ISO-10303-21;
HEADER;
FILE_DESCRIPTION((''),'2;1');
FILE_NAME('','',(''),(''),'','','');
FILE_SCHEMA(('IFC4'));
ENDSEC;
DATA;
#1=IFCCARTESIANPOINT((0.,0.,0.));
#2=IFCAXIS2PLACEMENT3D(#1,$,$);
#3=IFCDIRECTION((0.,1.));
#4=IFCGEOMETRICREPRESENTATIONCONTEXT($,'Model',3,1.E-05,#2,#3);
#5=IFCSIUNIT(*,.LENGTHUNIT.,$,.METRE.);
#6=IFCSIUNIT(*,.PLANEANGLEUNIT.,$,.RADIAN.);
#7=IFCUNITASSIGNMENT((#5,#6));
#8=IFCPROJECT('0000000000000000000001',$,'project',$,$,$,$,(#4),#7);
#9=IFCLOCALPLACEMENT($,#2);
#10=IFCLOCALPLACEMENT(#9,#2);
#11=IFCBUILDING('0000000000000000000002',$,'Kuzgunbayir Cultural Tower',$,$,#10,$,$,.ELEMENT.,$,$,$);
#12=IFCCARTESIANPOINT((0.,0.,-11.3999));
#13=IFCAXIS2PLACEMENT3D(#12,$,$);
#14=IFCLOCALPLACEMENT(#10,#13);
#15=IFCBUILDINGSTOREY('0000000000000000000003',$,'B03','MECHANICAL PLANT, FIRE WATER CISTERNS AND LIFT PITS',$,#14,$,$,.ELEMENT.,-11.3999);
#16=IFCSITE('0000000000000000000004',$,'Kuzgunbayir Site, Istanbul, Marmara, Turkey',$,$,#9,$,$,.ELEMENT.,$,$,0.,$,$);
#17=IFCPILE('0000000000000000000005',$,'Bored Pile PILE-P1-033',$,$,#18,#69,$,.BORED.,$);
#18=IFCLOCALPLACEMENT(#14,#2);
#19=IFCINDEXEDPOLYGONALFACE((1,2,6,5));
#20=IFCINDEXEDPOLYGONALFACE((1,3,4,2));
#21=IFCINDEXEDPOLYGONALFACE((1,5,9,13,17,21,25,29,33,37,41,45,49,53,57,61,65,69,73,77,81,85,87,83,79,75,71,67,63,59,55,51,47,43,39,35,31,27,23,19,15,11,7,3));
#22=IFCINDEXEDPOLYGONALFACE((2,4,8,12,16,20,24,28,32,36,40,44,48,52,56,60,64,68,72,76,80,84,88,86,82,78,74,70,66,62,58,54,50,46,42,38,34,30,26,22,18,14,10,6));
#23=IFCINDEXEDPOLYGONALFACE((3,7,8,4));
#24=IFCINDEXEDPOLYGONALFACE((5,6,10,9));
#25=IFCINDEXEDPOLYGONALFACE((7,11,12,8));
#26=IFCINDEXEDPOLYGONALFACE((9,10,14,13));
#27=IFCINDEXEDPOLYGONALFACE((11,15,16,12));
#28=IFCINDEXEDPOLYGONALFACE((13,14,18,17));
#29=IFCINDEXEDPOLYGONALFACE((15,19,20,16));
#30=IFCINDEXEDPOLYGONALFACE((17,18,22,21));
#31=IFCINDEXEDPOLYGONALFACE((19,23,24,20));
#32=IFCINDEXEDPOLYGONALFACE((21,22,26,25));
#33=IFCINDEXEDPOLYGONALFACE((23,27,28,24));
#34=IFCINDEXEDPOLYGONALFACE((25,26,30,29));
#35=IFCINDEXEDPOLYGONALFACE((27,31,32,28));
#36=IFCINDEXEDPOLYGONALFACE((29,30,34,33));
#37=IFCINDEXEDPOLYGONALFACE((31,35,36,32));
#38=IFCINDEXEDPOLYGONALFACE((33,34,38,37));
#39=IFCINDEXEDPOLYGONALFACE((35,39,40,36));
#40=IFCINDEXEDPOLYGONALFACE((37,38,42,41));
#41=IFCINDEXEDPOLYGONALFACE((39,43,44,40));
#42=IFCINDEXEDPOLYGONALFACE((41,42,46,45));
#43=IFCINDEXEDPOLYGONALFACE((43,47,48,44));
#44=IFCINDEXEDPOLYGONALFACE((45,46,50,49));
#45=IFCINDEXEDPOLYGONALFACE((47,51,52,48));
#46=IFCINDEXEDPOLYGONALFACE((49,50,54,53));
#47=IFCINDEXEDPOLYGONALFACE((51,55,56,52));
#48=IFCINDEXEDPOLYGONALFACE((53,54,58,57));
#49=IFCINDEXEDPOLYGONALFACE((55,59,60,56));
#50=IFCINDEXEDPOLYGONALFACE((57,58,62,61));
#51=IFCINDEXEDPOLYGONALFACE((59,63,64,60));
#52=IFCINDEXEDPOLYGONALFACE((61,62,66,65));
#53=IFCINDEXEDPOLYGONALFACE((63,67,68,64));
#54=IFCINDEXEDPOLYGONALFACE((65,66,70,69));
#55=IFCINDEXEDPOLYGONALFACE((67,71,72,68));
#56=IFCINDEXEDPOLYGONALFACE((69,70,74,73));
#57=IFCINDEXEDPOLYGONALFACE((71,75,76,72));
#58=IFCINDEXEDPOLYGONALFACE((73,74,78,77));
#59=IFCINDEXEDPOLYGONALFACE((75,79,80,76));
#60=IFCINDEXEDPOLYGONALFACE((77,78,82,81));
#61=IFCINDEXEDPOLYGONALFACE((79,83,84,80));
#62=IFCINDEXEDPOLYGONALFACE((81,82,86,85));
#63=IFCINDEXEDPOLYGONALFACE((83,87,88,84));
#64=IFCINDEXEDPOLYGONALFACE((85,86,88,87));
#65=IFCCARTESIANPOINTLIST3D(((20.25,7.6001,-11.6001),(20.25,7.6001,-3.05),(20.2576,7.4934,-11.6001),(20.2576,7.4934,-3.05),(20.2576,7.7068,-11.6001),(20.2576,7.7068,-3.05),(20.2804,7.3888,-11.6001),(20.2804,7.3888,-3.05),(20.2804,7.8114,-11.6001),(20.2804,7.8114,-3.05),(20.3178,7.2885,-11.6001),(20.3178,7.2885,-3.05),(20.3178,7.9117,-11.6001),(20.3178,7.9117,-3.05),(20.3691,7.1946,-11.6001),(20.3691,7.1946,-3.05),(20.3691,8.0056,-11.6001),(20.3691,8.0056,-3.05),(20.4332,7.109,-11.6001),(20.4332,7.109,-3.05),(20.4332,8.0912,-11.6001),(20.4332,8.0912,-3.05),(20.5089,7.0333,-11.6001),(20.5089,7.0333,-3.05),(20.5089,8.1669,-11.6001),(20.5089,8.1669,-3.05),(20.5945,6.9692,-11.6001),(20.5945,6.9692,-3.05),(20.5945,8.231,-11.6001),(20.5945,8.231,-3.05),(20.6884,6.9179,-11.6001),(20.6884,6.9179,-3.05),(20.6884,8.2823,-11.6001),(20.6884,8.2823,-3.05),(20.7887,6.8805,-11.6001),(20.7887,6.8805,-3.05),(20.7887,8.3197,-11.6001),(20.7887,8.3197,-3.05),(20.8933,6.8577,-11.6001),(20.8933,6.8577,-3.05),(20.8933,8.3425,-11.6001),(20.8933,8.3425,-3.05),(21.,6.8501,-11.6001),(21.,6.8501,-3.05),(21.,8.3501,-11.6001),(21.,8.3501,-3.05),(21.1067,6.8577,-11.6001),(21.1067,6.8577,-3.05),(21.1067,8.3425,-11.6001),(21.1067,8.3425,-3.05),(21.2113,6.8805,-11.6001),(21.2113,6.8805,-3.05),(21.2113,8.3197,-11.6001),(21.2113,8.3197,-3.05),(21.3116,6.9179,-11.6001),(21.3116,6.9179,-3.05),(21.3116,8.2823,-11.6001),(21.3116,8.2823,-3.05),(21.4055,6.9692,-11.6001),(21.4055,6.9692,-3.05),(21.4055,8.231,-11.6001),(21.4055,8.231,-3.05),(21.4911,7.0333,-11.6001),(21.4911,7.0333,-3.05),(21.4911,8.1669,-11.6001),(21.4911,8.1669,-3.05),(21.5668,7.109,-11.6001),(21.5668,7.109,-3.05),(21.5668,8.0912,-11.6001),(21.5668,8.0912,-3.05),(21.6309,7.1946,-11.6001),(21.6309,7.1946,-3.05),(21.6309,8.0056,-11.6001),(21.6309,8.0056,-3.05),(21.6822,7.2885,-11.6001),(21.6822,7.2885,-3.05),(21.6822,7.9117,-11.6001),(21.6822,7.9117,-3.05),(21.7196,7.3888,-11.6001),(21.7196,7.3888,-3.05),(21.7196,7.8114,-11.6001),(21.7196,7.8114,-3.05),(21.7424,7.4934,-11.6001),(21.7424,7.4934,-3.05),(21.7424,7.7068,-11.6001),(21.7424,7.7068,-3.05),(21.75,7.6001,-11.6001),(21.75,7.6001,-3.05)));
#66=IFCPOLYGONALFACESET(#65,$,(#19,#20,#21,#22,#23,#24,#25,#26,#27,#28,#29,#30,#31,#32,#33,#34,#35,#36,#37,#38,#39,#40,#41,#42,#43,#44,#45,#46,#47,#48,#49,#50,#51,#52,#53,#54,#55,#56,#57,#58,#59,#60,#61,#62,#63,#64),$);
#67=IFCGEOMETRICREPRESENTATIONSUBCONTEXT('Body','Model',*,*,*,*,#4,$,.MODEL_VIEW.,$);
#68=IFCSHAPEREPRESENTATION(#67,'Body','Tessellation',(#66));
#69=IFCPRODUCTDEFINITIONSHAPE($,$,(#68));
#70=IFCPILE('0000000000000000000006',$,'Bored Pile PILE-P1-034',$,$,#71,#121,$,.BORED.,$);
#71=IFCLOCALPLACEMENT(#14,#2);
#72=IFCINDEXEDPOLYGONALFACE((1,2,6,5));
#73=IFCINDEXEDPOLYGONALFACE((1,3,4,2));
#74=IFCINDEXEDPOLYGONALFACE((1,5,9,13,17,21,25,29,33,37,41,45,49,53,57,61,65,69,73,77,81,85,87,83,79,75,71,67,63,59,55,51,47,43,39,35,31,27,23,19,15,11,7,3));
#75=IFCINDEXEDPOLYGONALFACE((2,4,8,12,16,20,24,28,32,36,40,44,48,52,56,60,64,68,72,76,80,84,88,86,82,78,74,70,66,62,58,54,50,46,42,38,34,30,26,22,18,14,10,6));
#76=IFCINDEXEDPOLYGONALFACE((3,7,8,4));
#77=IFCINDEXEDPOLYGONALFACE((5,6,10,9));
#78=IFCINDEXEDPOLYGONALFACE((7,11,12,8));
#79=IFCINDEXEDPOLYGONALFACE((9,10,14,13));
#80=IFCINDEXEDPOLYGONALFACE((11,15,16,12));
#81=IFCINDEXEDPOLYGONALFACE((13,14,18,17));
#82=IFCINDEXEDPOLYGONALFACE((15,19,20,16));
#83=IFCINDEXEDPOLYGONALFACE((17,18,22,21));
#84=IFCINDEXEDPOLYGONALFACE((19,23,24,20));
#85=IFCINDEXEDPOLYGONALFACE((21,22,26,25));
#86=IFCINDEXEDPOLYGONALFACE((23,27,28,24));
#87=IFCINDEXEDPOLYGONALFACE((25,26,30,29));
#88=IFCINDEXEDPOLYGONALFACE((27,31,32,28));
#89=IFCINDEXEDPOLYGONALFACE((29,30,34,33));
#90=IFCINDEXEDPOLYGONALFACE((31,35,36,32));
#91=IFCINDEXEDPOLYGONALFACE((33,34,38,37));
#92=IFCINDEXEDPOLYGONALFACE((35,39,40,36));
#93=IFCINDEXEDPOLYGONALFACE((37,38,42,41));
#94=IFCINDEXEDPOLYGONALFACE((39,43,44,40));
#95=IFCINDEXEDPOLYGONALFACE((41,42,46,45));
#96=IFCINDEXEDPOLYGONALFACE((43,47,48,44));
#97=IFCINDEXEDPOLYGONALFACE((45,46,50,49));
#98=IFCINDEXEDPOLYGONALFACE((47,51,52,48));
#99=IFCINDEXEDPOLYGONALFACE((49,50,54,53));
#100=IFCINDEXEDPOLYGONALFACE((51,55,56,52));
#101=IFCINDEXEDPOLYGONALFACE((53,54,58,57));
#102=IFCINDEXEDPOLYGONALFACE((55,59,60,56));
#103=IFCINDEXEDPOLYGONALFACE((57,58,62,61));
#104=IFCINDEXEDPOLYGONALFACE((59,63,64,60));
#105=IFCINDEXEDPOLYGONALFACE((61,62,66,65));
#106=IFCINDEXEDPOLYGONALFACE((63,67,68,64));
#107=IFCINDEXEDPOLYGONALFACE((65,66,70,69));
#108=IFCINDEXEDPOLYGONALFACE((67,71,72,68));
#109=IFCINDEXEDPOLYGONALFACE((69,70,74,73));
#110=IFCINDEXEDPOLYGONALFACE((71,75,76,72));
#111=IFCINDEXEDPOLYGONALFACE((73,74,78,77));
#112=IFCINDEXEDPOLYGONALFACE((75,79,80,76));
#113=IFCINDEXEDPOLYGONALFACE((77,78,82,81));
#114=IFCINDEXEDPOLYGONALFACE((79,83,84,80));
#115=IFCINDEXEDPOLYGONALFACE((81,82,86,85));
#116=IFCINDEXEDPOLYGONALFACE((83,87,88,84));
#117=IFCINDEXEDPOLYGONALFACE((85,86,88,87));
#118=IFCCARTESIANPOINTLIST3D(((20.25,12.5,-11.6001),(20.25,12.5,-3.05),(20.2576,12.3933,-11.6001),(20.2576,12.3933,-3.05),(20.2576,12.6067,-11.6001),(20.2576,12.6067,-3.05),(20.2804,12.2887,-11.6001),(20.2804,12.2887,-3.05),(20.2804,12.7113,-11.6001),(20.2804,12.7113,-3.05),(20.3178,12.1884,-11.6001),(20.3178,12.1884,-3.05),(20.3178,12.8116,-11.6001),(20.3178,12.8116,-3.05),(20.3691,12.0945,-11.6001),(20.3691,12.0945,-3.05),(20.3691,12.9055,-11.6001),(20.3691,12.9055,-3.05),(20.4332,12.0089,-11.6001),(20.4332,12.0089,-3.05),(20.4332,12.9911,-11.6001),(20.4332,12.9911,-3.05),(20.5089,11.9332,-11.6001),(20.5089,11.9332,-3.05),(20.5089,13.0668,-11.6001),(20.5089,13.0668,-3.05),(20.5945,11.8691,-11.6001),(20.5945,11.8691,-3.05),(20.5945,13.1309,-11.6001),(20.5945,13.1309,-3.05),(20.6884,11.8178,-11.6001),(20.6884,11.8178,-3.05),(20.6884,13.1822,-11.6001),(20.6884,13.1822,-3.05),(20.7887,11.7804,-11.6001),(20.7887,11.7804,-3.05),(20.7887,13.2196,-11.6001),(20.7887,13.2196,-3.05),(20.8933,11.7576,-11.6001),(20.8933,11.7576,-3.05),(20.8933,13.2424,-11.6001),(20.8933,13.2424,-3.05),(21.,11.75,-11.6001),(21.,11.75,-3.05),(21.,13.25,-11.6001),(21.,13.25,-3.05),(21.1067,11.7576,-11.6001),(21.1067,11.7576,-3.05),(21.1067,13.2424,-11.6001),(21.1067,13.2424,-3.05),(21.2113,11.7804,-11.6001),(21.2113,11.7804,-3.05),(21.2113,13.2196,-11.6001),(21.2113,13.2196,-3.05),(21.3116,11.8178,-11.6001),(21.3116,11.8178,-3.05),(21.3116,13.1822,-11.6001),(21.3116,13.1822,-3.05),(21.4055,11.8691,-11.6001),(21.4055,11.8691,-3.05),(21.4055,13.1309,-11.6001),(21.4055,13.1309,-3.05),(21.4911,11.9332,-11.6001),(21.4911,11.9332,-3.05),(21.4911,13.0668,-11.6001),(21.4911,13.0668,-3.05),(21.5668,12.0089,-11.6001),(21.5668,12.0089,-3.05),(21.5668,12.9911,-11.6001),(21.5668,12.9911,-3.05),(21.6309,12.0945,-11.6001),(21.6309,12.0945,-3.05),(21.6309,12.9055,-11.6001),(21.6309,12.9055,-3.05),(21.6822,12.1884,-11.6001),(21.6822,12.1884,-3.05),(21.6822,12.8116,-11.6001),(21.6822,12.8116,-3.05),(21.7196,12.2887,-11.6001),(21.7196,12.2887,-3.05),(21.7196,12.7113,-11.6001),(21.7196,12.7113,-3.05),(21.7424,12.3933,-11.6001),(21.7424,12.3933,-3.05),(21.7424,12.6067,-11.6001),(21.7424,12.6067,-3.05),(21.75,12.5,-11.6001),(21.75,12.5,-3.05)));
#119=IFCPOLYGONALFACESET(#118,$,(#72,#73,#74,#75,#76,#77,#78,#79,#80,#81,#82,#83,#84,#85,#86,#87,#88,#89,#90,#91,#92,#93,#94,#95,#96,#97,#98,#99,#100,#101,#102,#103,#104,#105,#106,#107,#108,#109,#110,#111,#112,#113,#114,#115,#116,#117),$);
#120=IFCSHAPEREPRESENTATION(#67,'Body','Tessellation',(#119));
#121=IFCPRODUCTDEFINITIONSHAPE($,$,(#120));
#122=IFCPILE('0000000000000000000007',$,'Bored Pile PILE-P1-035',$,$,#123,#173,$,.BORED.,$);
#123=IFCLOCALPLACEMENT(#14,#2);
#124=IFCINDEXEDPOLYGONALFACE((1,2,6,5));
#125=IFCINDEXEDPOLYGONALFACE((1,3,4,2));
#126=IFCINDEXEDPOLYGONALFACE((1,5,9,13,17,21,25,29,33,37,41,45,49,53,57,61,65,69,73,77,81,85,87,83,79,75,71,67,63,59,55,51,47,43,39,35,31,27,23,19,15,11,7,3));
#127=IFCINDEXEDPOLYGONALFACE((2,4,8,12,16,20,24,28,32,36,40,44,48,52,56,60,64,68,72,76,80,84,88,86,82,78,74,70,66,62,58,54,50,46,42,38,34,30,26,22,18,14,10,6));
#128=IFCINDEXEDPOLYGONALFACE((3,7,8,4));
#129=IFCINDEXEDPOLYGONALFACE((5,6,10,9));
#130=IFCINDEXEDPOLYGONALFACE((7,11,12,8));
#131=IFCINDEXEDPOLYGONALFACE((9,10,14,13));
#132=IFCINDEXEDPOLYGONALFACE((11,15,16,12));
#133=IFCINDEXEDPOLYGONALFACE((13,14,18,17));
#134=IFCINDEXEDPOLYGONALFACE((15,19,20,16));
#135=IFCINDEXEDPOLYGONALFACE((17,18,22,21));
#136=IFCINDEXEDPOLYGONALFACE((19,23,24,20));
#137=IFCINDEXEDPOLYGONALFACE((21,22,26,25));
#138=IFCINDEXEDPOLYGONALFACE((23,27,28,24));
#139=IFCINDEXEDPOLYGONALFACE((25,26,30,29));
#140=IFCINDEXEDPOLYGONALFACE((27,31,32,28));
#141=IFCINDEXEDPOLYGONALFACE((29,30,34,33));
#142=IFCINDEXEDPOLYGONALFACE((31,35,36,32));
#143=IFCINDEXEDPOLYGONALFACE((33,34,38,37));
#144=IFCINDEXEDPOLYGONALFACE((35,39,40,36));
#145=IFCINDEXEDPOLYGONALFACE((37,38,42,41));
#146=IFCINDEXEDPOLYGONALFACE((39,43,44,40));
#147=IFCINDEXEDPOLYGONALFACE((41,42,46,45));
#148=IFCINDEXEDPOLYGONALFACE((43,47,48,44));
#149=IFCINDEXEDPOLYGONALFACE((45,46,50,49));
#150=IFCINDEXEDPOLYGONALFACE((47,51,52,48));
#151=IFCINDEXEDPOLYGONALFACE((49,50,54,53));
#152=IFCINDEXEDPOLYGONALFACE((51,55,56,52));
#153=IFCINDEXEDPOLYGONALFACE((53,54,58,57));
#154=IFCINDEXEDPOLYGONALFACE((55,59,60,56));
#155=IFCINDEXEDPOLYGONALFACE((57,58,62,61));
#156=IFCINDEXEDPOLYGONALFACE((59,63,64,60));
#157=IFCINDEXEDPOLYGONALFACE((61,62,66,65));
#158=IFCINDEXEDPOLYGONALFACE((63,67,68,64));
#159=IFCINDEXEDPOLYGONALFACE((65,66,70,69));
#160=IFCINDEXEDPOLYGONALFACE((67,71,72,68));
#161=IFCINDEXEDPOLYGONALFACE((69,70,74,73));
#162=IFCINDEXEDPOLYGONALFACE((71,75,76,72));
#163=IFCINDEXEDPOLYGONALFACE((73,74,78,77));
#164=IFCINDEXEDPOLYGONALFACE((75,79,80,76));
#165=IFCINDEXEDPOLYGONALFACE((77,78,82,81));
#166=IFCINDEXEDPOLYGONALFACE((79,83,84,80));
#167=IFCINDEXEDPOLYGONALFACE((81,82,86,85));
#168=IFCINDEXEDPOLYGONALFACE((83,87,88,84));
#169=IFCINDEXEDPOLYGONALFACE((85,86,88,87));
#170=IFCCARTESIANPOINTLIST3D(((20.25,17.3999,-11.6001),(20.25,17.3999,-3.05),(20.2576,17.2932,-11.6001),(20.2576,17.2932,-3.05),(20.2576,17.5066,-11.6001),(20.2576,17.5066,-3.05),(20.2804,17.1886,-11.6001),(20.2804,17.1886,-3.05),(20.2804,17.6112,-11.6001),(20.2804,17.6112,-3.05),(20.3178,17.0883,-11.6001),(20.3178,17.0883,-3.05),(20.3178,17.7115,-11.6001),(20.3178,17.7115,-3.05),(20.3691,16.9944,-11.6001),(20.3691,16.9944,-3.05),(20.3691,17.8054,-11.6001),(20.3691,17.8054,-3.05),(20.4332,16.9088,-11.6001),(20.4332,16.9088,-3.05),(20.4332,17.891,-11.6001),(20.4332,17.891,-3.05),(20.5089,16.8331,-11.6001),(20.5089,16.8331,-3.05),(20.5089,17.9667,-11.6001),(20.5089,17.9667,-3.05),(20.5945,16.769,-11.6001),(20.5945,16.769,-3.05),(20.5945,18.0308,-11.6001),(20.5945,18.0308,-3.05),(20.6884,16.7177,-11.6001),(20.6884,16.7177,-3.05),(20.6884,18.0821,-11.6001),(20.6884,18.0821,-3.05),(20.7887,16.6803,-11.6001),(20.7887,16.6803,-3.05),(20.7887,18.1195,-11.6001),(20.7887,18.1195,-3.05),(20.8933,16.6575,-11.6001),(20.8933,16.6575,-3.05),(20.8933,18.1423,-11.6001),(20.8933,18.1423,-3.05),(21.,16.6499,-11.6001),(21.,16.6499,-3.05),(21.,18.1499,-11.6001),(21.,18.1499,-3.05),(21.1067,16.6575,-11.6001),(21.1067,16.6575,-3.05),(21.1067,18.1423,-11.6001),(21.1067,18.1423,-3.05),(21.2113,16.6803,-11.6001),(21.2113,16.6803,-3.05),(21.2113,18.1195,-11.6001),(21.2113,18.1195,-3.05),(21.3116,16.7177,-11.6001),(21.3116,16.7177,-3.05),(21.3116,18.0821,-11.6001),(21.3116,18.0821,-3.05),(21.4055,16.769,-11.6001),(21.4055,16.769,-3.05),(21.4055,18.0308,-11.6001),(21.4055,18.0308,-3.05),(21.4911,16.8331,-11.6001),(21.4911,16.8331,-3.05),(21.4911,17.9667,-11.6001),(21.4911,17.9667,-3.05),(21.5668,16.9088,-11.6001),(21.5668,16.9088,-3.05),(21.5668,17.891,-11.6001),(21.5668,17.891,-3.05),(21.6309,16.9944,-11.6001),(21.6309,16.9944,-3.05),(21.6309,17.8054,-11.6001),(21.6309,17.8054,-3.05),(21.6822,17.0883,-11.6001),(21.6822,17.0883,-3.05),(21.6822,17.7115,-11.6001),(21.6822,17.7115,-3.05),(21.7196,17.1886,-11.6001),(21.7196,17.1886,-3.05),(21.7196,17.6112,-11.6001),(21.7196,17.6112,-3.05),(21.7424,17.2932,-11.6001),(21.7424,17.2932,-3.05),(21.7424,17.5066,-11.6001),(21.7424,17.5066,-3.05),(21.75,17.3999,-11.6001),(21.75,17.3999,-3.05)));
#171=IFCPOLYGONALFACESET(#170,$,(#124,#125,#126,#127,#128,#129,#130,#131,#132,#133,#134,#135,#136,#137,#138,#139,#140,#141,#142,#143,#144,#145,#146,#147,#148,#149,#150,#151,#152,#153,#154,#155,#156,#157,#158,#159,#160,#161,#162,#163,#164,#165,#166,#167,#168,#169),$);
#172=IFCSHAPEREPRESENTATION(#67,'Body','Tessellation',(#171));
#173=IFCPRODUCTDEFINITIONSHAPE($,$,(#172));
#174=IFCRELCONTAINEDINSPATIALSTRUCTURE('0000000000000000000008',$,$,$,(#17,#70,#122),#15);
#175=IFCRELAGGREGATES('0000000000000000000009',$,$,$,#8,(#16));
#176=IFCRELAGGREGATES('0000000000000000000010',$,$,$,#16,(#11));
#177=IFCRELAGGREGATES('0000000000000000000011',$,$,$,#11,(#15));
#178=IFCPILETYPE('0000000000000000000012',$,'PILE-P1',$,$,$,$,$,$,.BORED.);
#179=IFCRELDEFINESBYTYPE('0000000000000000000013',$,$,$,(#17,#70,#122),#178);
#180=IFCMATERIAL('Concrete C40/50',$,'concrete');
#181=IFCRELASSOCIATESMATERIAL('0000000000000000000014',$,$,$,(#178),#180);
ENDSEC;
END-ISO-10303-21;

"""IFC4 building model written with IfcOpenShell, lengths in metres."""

from ifc_helpers import new_model, si_unit, direction, frame, origin, origin_2d, place, context, subcontext, project, spatial, circle, extrude, material, material_profile, profile_set, type_object, element, save


model = new_model("IFC4")

# Units and contexts
model_context = context("Model", 3, precision=1e-05, world=origin(), true_north=direction((0.0, 1.0)))
body_context = subcontext(model_context, "Body", "Model", "MODEL_VIEW")
ifc_project = project(units=[si_unit("LENGTHUNIT", "METRE"), si_unit("PLANEANGLEUNIT", "RADIAN")], contexts=[model_context])

# Site, building, storey
site_placement = place(None, origin())
site = spatial("IfcSite", under=ifc_project, at=site_placement, Name="Kuzgunbayir Site, Istanbul, Marmara, Turkey", CompositionType="ELEMENT", RefElevation=0.0)
building_placement = place(site_placement, origin())
building = spatial("IfcBuilding", under=site, at=building_placement, Name="Kuzgunbayir Cultural Tower", CompositionType="ELEMENT")
storey_placement = place(building_placement, frame((0.0, 0.0, -11.3999)))
storey = spatial("IfcBuildingStorey", under=building, at=storey_placement, Name="B03", Description="MECHANICAL PLANT, FIRE WATER CISTERNS AND LIFT PITS", CompositionType="ELEMENT", Elevation=-11.3999)

# Piles
ifc_material_1 = material(Name="Concrete C40/50", Category="concrete")
ifc_material_profile_1 = material_profile(ifc_material_1, circle(Radius=0.75, at=origin_2d()), Name="BORED PILE 1500")
ifc_profile_set_1 = profile_set([ifc_material_profile_1], Name="Concrete C40/50")
pile_type_1 = type_object("IfcPileType", Name="PILE-P1", PredefinedType="BORED", material=ifc_profile_set_1)
for number, where, z_axis, x_axis, name in (
    (1, (21.0, 7.6001, -3.05), (0.0, 0.0, -1.0), (1.0, 0.0, 0.0), "Bored Pile PILE-P1-033"),
    (2, (21.0, 12.5, -3.05), (0.0, 0.0, -1.0), (1.0, 0.0, 0.0), "Bored Pile PILE-P1-034"),
    (3, (21.0, 17.3999, -3.05), (0.0, 0.0, -1.0), (1.0, 0.0, 0.0), "Bored Pile PILE-P1-035"),
):
    element("IfcPile", number, at=place(storey_placement, frame(where, z_axis=z_axis, x_axis=x_axis)), inside=storey, type_object=pile_type_1, Name=name, PredefinedType="BORED", context=body_context, shape_type="SweptSolid", body=[
        extrude(circle(Radius=0.75, at=origin_2d()), origin(), (0.0, 0.0, 1.0), 8.55),
    ])

save(model, "model.ifc")
